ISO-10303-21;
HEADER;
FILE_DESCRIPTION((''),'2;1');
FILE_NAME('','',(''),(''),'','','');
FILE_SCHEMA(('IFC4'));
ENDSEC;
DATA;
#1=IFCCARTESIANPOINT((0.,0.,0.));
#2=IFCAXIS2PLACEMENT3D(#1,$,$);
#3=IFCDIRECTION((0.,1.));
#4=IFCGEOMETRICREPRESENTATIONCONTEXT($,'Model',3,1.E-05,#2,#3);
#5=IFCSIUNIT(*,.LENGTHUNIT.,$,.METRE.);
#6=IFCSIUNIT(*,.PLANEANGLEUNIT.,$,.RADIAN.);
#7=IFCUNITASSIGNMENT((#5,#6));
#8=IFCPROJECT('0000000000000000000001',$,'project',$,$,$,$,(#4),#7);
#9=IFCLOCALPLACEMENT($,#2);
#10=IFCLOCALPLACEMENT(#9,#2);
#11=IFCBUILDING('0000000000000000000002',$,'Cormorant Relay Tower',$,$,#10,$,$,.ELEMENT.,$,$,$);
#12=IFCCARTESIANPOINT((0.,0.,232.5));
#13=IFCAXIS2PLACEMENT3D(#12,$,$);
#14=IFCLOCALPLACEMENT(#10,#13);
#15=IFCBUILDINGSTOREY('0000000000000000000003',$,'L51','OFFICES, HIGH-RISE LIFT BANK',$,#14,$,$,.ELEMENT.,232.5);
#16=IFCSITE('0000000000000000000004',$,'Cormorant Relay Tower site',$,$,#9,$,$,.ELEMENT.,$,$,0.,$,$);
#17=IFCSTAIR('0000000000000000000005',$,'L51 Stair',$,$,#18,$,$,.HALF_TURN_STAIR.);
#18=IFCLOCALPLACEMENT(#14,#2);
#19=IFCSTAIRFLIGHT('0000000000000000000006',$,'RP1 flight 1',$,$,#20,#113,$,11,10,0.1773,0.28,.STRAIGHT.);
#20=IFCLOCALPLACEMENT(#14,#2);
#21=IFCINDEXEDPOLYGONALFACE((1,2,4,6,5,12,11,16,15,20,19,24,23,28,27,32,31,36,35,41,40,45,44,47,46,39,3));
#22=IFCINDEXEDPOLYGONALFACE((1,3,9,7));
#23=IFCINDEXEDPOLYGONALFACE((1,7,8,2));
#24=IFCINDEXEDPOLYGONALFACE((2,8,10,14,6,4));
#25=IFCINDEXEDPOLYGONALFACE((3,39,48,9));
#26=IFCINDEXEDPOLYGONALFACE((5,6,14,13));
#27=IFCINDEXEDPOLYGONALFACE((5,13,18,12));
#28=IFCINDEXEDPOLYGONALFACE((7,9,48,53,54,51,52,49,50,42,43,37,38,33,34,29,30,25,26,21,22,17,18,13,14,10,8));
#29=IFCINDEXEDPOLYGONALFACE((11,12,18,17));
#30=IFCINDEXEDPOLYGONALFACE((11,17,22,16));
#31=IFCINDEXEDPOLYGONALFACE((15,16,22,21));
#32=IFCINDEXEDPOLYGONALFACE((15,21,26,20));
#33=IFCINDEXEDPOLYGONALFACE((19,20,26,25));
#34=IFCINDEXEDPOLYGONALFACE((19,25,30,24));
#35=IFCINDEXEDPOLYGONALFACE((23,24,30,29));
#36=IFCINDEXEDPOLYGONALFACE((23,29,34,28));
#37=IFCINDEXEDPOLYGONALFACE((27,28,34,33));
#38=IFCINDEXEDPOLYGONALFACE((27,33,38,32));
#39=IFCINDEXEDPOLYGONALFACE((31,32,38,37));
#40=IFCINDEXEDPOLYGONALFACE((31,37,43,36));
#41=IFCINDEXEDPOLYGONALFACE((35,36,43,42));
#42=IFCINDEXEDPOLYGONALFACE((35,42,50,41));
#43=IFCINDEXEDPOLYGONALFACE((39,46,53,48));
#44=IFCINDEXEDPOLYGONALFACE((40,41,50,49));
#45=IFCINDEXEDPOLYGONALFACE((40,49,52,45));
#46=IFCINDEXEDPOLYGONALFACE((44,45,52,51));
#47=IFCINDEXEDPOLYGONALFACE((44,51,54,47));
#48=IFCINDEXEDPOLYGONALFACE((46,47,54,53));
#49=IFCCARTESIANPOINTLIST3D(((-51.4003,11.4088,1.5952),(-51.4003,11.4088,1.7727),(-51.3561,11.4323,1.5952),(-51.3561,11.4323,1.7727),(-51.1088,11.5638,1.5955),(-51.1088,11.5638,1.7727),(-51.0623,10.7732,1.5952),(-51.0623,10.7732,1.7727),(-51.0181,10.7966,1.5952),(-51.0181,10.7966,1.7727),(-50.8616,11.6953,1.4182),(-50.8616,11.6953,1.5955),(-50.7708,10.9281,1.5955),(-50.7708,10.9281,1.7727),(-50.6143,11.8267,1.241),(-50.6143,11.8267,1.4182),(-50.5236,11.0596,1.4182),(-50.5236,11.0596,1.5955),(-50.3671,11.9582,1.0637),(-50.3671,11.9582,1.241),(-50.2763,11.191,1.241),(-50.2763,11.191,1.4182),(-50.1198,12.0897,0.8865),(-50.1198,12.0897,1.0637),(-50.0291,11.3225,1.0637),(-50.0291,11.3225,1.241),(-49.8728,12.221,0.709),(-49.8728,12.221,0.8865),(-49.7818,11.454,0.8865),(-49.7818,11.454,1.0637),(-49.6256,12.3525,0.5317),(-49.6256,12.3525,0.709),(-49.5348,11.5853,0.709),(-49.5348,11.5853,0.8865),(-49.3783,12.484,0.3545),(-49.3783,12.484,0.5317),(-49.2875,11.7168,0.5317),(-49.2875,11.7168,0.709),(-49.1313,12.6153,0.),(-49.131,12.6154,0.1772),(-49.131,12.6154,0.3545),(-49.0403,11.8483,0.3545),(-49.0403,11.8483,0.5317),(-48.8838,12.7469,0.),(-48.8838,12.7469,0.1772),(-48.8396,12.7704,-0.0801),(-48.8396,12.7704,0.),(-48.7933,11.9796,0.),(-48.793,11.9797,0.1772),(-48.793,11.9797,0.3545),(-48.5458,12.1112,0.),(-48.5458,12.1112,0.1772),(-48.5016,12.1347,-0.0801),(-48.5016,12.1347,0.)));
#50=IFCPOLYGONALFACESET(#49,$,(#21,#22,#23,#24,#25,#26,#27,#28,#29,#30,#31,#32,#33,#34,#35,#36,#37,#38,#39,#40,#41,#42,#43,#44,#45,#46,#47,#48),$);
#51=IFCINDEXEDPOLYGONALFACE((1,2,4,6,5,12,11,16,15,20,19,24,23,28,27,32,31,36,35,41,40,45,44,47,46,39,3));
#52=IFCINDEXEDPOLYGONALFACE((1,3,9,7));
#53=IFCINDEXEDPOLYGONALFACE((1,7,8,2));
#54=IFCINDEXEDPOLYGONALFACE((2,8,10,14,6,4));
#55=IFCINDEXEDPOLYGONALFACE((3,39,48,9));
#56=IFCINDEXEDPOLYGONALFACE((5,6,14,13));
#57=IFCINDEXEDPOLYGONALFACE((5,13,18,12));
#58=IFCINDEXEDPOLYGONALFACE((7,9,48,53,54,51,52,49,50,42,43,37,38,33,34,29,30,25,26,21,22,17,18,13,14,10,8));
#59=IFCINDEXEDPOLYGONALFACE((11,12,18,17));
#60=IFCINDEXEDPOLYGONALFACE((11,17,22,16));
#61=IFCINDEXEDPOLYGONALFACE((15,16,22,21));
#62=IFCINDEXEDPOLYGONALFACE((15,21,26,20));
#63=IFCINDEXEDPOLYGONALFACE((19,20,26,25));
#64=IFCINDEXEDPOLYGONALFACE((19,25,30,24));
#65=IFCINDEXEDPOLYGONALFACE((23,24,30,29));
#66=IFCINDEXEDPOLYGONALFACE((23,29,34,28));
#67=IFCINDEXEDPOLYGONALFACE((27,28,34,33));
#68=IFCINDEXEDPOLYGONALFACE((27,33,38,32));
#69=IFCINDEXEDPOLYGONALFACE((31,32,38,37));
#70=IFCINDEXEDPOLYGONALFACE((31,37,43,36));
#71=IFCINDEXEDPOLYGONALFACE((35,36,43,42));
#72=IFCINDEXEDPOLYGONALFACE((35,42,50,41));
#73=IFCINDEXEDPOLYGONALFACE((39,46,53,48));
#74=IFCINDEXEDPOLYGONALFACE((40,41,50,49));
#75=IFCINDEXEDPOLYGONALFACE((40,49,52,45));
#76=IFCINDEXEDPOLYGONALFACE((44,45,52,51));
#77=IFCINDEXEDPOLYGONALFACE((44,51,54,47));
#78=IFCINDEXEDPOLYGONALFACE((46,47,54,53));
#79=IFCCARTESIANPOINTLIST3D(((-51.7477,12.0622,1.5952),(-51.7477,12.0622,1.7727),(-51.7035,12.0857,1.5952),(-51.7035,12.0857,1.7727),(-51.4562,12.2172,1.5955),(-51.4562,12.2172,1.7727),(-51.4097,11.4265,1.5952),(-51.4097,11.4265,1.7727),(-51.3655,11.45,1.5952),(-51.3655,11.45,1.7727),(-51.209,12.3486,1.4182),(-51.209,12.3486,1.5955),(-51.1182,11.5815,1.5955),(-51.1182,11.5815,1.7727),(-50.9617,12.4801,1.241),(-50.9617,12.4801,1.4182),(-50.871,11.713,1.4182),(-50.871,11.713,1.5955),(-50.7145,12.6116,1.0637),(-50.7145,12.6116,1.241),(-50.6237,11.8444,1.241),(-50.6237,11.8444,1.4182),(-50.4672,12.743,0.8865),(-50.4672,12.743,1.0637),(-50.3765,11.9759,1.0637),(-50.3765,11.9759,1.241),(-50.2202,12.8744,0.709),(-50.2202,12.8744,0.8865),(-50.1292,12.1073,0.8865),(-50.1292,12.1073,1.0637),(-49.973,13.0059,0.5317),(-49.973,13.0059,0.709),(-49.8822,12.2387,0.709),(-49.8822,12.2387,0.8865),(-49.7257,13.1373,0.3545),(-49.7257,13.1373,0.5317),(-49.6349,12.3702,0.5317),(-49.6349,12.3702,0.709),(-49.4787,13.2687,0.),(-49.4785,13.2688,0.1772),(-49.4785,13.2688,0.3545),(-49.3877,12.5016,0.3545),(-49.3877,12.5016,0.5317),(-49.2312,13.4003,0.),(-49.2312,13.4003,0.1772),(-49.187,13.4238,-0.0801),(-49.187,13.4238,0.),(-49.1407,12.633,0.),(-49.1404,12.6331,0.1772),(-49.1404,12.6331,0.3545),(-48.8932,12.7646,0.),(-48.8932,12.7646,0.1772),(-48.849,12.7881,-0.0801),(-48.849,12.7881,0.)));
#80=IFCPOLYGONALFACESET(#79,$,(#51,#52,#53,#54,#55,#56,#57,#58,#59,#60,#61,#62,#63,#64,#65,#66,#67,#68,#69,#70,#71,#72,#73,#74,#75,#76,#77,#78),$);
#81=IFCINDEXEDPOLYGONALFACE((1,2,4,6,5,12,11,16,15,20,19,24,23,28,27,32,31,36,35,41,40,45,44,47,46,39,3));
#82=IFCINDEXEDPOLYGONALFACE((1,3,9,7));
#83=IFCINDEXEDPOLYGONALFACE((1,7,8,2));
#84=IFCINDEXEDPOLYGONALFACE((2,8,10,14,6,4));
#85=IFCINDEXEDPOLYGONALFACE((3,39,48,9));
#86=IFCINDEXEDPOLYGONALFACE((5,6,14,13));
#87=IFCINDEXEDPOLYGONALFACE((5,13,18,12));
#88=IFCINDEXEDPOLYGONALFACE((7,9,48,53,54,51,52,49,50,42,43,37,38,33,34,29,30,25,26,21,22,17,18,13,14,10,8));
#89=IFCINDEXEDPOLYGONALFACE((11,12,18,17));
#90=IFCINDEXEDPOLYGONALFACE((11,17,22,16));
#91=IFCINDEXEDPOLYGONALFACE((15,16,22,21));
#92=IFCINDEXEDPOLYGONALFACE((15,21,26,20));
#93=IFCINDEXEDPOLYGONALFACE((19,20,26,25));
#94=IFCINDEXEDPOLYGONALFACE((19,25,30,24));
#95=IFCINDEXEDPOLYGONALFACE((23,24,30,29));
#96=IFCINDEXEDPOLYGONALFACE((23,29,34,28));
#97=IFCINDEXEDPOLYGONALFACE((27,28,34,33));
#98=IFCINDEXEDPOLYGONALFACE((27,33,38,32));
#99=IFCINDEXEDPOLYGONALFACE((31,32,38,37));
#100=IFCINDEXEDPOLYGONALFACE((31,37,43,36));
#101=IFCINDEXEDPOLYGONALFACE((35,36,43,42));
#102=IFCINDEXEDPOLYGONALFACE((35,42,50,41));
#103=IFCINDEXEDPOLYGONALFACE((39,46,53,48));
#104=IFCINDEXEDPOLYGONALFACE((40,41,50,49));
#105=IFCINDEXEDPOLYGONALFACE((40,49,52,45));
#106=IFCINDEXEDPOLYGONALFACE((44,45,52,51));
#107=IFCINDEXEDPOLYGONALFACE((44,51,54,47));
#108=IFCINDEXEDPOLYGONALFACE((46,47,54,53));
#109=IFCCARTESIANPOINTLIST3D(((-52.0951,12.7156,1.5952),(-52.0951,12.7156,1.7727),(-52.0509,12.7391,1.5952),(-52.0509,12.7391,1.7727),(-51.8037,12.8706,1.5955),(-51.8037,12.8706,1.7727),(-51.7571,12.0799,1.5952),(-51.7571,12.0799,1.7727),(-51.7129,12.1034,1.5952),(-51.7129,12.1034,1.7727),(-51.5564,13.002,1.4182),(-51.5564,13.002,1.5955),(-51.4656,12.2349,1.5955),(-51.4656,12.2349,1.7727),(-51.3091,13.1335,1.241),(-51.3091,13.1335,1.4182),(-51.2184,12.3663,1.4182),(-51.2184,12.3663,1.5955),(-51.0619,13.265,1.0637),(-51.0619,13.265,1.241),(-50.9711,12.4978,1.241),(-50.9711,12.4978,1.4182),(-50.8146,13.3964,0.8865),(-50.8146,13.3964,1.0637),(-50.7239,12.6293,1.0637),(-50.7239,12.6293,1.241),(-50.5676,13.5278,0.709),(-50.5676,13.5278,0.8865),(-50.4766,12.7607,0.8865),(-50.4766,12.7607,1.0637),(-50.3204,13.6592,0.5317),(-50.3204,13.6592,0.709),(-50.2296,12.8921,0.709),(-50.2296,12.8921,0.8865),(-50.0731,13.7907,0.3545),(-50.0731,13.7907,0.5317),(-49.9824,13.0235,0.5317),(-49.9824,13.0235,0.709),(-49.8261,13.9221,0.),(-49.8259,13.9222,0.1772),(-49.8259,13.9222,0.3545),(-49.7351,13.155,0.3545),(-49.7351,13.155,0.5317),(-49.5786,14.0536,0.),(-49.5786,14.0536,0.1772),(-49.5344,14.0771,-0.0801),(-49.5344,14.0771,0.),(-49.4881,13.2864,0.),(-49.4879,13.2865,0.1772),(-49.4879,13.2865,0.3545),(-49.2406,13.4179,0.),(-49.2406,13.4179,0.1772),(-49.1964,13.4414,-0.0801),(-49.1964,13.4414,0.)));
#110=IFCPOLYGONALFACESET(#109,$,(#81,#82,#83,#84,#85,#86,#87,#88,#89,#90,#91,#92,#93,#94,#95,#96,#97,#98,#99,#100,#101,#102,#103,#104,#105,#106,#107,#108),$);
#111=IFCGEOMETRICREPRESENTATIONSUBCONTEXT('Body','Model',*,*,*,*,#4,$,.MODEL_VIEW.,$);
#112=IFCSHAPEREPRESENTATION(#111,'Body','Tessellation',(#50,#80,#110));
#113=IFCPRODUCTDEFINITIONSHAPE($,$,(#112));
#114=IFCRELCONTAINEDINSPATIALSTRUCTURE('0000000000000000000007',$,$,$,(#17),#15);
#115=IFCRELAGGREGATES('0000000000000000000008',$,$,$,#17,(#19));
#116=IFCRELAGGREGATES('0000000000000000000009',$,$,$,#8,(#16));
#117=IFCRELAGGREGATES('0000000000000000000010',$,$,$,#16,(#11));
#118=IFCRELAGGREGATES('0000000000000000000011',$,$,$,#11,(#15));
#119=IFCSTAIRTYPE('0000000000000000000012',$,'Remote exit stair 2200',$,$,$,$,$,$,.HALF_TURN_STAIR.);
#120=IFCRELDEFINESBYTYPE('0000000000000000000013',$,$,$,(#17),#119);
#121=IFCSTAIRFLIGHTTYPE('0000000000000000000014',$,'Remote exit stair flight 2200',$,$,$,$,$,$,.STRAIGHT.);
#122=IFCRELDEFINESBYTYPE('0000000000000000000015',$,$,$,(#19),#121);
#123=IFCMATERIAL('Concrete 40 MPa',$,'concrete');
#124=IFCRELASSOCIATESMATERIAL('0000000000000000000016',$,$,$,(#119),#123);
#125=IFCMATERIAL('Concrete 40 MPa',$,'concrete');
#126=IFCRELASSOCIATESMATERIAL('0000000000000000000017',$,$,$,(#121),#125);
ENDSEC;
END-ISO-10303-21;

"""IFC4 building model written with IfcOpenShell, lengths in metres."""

from ifc_helpers import new_model, si_unit, direction, frame, origin, place, context, subcontext, project, spatial, polyline, outline, extrude, material, type_object, element, aggregate, save


model = new_model("IFC4")

# Units and contexts
model_context = context("Model", 3, precision=1e-05, world=origin(), true_north=direction((0.0, 1.0)))
body_context = subcontext(model_context, "Body", "Model", "MODEL_VIEW")
ifc_project = project(units=[si_unit("LENGTHUNIT", "METRE"), si_unit("PLANEANGLEUNIT", "RADIAN")], contexts=[model_context])

# Site, building, storey
site_placement = place(None, origin())
site = spatial("IfcSite", under=ifc_project, at=site_placement, Name="Cormorant Relay Tower site", CompositionType="ELEMENT", RefElevation=0.0)
building_placement = place(site_placement, origin())
building = spatial("IfcBuilding", under=site, at=building_placement, Name="Cormorant Relay Tower", CompositionType="ELEMENT")
storey_placement = place(building_placement, frame((0.0, 0.0, 232.5)))
storey = spatial("IfcBuildingStorey", under=building, at=storey_placement, Name="L51", Description="OFFICES, HIGH-RISE LIFT BANK", CompositionType="ELEMENT", Elevation=232.5)

# Stair, stair flight
ifc_material_1 = material(Name="Concrete 40 MPa", Category="concrete")
stair_type = type_object("IfcStairType", Name="Remote exit stair 2200", PredefinedType="HALF_TURN_STAIR", material=ifc_material_1)
stair_placement = place(storey_placement, origin())
stair = element("IfcStair", 1, at=stair_placement, inside=storey, type_object=stair_type, Name="L51 Stair", PredefinedType="HALF_TURN_STAIR")
ifc_material_2 = material(Name="Concrete 40 MPa", Category="concrete")
stair_flight_type = type_object("IfcStairFlightType", Name="Remote exit stair flight 2200", PredefinedType="STRAIGHT", material=ifc_material_2)
stair_flight_1_placement = place(storey_placement, frame((-49.0623, 13.0825, 0.0), z_axis=(0.0, 0.0, 1.0), x_axis=(-0.882948, -0.469472, 0.0)))
stair_flight_1 = element("IfcStairFlight", 2, at=stair_flight_1_placement, type_object=stair_flight_type, Name="RP1 flight 1", NumberOfRisers=11, NumberOfTreads=10, PredefinedType="STRAIGHT", RiserHeight=0.1773, TreadLength=0.28, context=body_context, shape_type="SweptSolid", body=[
    extrude(outline(polyline([(-0.05, -0.0801), (-0.05, 0.0), (0.0, 0.0), (0.0, 0.1772), (0.28, 0.1772), (0.28, 0.3545), (0.5601, 0.3545), (0.5601, 0.5317), (0.8401, 0.5317), (0.8401, 0.709), (1.1201, 0.709), (1.1201, 0.8865), (1.3999, 0.8865), (1.3999, 1.0637), (1.6799, 1.0637), (1.6799, 1.241), (1.96, 1.241), (1.96, 1.4182), (2.24, 1.4182), (2.24, 1.5955), (2.52, 1.5955), (2.52, 1.7727), (2.8, 1.7727), (2.8501, 1.7727), (2.8501, 1.5952), (2.8, 1.5952), (0.2803, 0.0), (-0.05, -0.0801)])), frame((0.0, 1.1001, 0.0), z_axis=(0.0, -1.0, 0.0), x_axis=(1.0, 0.0, 0.0)), (0.0, 0.0, 1.0), 0.72),
    extrude(outline(polyline([(-0.05, -0.0801), (-0.05, 0.0), (0.0, 0.0), (0.0, 0.1772), (0.28, 0.1772), (0.28, 0.3545), (0.5601, 0.3545), (0.5601, 0.5317), (0.8401, 0.5317), (0.8401, 0.709), (1.1201, 0.709), (1.1201, 0.8865), (1.3999, 0.8865), (1.3999, 1.0637), (1.6799, 1.0637), (1.6799, 1.241), (1.96, 1.241), (1.96, 1.4182), (2.24, 1.4182), (2.24, 1.5955), (2.52, 1.5955), (2.52, 1.7727), (2.8, 1.7727), (2.8501, 1.7727), (2.8501, 1.5952), (2.8, 1.5952), (0.2803, 0.0), (-0.05, -0.0801)])), frame((0.0, 0.3601, 0.0), z_axis=(0.0, -1.0, 0.0), x_axis=(1.0, 0.0, 0.0)), (0.0, 0.0, 1.0), 0.72),
    extrude(outline(polyline([(-0.05, -0.0801), (-0.05, 0.0), (0.0, 0.0), (0.0, 0.1772), (0.28, 0.1772), (0.28, 0.3545), (0.5601, 0.3545), (0.5601, 0.5317), (0.8401, 0.5317), (0.8401, 0.709), (1.1201, 0.709), (1.1201, 0.8865), (1.3999, 0.8865), (1.3999, 1.0637), (1.6799, 1.0637), (1.6799, 1.241), (1.96, 1.241), (1.96, 1.4182), (2.24, 1.4182), (2.24, 1.5955), (2.52, 1.5955), (2.52, 1.7727), (2.8, 1.7727), (2.8501, 1.7727), (2.8501, 1.5952), (2.8, 1.5952), (0.2803, 0.0), (-0.05, -0.0801)])), frame((0.0, -0.3799, 0.0), z_axis=(0.0, -1.0, 0.0), x_axis=(1.0, 0.0, 0.0)), (0.0, 0.0, 1.0), 0.72),
])
aggregate(stair, [stair_flight_1])

save(model, "model.ifc")
